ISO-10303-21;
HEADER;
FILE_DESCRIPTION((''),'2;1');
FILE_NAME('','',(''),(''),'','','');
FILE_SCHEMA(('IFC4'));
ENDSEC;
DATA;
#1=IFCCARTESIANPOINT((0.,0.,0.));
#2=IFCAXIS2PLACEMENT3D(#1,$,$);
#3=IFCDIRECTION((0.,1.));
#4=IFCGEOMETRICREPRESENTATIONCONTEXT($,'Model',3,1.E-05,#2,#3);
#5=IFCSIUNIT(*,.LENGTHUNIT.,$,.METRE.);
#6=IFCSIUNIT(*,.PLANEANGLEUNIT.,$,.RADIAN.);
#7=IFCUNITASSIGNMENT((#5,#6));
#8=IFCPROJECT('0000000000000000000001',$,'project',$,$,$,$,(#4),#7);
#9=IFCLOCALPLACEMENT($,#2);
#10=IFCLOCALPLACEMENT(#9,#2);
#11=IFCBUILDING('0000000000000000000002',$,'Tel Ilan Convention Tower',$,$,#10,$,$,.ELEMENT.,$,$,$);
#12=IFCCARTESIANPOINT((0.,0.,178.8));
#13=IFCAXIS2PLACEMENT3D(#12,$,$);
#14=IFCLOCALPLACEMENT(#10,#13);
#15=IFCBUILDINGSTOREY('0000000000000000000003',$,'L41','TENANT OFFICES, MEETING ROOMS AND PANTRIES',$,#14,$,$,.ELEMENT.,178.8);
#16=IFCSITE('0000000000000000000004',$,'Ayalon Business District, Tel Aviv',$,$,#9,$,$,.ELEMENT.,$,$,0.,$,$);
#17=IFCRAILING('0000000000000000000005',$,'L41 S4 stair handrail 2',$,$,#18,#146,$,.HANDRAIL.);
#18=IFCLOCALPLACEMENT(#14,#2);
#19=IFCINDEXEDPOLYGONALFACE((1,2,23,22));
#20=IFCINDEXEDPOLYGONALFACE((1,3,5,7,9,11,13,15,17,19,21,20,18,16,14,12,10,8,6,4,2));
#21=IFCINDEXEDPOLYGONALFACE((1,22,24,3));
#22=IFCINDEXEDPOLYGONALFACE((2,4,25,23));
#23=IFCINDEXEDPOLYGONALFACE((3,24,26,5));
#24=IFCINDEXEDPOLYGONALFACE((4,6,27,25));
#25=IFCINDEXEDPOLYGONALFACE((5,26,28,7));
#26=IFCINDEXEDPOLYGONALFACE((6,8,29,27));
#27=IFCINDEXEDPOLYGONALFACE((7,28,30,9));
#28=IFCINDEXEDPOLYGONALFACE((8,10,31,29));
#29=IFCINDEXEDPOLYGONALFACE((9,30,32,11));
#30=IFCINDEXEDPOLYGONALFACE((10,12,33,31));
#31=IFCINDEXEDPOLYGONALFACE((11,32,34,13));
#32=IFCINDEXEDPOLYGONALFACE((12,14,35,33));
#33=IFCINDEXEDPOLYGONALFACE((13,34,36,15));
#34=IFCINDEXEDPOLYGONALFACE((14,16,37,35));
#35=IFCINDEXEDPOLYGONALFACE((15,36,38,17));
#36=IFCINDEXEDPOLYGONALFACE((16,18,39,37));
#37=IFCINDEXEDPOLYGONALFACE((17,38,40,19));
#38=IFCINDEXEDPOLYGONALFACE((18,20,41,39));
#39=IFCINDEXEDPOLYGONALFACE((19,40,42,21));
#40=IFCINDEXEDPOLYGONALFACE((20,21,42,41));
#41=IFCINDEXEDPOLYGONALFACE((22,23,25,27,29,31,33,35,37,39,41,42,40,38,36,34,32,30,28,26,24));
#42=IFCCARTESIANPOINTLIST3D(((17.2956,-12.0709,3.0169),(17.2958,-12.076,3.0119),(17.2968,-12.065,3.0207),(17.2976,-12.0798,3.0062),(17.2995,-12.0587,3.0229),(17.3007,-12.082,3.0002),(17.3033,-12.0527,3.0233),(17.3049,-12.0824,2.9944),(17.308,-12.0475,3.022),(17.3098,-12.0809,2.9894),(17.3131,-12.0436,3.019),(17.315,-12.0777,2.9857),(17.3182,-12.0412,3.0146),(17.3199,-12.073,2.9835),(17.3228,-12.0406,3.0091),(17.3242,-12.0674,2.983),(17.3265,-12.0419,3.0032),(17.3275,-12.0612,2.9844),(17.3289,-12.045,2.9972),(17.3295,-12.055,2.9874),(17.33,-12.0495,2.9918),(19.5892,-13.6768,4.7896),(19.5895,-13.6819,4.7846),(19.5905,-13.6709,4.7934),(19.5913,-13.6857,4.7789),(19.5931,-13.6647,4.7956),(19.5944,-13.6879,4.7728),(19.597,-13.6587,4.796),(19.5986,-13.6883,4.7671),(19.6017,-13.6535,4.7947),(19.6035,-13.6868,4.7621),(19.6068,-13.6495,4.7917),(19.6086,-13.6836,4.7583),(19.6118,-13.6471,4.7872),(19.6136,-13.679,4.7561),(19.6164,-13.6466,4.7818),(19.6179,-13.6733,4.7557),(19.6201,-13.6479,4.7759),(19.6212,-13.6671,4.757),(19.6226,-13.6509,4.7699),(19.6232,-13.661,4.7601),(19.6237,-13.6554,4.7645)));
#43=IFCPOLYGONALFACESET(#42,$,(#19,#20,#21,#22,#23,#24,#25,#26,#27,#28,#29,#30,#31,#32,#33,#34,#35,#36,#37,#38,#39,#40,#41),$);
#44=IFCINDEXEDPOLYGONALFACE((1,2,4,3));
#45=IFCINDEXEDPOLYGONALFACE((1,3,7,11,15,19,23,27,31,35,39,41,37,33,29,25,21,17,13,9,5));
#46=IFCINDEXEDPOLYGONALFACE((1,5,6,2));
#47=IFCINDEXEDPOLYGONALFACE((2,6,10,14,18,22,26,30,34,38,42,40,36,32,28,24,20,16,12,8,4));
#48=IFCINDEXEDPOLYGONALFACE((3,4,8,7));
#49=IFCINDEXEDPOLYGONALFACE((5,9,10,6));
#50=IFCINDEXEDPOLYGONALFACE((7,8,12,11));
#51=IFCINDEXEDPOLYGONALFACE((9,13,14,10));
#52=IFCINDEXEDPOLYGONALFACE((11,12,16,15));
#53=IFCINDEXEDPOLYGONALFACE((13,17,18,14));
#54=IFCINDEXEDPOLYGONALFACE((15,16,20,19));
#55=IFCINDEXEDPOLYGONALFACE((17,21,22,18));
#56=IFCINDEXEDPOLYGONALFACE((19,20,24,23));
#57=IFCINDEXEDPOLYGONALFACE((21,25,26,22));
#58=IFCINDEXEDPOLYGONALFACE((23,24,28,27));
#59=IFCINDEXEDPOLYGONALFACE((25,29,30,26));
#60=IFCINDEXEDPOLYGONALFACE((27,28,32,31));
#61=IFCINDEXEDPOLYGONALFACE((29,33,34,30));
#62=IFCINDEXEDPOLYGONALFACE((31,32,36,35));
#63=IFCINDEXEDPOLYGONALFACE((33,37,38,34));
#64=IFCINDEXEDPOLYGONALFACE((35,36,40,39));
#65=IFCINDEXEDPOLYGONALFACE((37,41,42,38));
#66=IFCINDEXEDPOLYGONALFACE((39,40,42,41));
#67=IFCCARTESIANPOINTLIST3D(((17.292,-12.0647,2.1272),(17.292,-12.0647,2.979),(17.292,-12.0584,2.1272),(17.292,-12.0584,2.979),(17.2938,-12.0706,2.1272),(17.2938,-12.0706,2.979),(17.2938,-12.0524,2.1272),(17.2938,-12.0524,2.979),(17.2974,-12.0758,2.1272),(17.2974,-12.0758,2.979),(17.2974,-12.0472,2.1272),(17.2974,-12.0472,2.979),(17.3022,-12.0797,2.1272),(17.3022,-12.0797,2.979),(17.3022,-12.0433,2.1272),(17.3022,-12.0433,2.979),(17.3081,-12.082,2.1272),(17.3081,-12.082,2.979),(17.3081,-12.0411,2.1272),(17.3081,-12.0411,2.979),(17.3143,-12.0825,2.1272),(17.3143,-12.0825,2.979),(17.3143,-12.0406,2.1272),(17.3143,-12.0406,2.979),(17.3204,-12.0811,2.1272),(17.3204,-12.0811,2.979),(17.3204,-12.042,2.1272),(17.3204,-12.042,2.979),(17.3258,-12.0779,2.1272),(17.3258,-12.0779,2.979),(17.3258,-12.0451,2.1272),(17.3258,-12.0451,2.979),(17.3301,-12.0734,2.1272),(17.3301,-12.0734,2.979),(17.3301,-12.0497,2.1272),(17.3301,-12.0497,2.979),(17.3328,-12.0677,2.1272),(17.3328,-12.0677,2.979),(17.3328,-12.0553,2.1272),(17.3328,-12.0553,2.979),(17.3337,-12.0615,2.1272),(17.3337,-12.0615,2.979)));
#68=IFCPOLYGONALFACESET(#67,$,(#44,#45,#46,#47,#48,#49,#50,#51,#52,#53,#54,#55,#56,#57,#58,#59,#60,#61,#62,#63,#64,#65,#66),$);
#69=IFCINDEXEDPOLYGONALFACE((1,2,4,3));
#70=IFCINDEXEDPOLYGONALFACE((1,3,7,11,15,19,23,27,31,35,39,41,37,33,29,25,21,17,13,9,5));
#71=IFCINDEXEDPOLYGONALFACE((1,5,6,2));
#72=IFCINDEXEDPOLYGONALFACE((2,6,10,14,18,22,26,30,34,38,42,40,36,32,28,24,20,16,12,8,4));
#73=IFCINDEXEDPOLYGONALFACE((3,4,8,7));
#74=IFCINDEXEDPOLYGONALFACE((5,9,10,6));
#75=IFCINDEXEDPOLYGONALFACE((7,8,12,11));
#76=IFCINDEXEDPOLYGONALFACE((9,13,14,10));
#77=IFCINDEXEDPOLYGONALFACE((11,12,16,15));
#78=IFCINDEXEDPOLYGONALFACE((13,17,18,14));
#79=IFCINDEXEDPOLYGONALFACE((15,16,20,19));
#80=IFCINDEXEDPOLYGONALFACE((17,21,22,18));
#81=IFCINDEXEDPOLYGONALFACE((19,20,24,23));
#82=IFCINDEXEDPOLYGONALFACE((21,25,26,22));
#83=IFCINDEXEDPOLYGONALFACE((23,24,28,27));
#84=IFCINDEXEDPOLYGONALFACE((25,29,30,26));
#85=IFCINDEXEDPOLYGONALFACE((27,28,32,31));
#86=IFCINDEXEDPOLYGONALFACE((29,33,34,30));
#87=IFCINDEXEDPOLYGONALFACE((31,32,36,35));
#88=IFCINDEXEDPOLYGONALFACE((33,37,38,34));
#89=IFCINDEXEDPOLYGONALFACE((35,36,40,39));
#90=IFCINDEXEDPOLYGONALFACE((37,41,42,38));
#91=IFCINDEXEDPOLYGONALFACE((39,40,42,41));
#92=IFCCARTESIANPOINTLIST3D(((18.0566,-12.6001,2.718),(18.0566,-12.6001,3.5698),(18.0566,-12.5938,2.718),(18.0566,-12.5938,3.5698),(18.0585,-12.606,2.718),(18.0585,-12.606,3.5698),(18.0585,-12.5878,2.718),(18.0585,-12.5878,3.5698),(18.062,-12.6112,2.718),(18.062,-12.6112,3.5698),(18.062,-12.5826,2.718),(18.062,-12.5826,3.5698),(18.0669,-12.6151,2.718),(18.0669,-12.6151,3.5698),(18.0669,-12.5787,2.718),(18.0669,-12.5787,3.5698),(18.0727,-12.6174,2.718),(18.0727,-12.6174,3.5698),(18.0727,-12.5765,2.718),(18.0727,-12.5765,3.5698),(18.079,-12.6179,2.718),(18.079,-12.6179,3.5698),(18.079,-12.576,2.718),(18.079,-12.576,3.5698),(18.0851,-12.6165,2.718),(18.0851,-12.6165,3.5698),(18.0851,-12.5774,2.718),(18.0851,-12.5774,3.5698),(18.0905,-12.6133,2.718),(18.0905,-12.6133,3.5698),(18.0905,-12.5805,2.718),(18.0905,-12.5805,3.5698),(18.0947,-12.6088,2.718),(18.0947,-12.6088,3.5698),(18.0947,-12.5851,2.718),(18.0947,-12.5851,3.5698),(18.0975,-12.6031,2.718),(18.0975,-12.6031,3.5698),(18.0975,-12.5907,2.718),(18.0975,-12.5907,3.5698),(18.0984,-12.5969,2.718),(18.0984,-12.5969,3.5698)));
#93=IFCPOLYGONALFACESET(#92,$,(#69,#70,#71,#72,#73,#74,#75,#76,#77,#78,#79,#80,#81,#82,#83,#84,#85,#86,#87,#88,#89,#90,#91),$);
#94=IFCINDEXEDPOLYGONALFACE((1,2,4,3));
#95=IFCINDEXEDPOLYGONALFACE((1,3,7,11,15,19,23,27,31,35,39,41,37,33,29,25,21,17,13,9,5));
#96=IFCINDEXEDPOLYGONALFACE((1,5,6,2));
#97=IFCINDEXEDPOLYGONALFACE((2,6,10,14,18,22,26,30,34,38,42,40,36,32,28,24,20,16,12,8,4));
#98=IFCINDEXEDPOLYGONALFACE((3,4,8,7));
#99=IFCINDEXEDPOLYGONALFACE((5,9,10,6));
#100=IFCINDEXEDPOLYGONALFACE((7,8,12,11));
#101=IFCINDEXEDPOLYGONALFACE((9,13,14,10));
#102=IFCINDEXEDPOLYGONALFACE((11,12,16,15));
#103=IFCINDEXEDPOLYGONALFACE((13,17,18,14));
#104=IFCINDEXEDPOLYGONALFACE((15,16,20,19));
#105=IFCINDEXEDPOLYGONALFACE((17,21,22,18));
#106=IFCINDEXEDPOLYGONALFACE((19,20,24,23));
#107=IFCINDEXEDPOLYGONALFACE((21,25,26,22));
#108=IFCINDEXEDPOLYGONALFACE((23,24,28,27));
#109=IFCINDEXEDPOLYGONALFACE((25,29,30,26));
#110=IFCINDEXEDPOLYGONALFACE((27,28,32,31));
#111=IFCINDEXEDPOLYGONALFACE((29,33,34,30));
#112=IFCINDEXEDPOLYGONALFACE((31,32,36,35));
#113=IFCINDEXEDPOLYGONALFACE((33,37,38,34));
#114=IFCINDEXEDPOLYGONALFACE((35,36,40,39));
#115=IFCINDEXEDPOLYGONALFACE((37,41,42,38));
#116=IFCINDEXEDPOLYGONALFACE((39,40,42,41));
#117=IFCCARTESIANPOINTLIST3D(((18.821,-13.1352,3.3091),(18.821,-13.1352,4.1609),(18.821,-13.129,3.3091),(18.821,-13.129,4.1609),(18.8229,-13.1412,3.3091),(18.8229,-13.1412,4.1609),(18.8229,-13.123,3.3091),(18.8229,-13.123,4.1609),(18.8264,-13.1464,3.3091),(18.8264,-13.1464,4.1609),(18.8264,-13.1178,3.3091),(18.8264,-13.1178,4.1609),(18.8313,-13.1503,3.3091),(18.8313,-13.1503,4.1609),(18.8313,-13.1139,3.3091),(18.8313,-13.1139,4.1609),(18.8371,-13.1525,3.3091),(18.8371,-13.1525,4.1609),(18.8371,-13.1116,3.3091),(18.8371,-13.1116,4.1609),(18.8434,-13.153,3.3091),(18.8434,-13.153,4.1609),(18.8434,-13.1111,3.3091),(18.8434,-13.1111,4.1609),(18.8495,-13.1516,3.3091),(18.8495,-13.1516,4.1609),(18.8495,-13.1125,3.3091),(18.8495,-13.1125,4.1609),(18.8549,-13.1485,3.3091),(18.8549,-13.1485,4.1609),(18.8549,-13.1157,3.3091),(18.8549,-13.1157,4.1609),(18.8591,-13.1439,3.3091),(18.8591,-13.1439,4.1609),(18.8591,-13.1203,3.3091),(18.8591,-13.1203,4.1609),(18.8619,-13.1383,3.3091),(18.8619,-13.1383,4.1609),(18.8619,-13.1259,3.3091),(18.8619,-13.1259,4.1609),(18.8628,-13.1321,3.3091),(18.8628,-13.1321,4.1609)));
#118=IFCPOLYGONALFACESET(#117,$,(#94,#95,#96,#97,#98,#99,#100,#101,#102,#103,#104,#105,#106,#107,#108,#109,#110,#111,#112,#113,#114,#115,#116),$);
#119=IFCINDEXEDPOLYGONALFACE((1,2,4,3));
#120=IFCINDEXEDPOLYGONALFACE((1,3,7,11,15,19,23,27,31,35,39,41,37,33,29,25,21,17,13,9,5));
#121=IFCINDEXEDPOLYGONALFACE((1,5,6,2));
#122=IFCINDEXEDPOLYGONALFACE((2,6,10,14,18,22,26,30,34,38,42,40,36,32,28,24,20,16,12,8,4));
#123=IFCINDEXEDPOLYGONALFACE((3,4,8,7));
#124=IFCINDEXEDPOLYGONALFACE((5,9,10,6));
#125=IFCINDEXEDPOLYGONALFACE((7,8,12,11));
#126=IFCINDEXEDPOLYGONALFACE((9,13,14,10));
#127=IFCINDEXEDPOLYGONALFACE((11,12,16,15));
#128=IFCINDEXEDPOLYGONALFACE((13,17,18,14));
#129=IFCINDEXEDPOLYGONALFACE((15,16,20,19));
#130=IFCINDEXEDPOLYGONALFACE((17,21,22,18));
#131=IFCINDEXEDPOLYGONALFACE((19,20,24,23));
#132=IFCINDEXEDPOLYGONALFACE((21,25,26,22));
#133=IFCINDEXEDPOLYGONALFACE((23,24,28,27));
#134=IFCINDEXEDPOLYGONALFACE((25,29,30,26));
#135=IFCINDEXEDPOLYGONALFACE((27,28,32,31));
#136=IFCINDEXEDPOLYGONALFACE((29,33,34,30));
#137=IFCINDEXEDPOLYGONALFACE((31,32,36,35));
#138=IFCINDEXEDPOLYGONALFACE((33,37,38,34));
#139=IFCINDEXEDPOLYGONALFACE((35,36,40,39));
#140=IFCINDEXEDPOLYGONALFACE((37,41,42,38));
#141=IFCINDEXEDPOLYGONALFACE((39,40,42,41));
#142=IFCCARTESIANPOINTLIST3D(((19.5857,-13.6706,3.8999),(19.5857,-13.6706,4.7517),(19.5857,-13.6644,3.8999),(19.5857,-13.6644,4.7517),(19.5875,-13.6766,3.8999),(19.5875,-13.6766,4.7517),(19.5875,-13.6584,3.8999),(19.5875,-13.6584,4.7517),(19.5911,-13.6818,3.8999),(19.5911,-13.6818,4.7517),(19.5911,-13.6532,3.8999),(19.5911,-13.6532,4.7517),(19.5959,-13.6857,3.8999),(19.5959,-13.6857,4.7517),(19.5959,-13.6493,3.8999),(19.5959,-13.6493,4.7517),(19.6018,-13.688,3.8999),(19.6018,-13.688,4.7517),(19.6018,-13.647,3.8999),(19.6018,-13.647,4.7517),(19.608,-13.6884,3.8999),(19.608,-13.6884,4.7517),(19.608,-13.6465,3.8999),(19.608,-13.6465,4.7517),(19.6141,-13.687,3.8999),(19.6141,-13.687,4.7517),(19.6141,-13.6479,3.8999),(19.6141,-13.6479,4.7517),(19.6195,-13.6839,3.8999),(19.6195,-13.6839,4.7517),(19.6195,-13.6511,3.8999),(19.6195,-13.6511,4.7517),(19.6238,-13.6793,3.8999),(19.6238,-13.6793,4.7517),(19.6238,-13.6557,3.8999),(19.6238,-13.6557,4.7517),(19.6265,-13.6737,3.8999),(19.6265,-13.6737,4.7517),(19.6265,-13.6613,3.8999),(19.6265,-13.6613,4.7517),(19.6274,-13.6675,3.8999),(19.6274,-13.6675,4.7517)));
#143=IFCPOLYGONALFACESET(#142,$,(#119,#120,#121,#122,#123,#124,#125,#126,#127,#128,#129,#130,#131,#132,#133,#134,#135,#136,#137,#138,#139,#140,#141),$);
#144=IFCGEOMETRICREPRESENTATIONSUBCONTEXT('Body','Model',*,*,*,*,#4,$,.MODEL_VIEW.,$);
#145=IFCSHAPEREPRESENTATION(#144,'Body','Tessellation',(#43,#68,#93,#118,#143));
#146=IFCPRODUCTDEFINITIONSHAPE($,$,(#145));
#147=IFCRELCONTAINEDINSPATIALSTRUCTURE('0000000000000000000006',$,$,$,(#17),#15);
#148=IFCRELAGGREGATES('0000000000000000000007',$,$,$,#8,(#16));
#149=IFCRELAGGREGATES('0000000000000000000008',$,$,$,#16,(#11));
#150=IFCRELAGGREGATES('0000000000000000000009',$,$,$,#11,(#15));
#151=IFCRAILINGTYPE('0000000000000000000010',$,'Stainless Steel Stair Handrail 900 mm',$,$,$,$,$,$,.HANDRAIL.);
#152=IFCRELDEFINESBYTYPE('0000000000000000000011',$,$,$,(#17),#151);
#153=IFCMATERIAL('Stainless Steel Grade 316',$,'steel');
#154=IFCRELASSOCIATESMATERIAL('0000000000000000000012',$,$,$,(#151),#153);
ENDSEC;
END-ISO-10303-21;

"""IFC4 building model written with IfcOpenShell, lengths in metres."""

from ifc_helpers import new_model, si_unit, direction, frame, origin, origin_2d, place, context, subcontext, project, spatial, circle, extrude, material, type_object, element, save


model = new_model("IFC4")

# Units and contexts
model_context = context("Model", 3, precision=1e-05, world=origin(), true_north=direction((0.0, 1.0)))
body_context = subcontext(model_context, "Body", "Model", "MODEL_VIEW")
ifc_project = project(units=[si_unit("LENGTHUNIT", "METRE"), si_unit("PLANEANGLEUNIT", "RADIAN")], contexts=[model_context])

# Site, building, storey
site_placement = place(None, origin())
site = spatial("IfcSite", under=ifc_project, at=site_placement, Name="Ayalon Business District, Tel Aviv", CompositionType="ELEMENT", RefElevation=0.0)
building_placement = place(site_placement, origin())
building = spatial("IfcBuilding", under=site, at=building_placement, Name="Tel Ilan Convention Tower", CompositionType="ELEMENT")
storey_placement = place(building_placement, frame((0.0, 0.0, 178.8)))
storey = spatial("IfcBuildingStorey", under=building, at=storey_placement, Name="L41", Description="TENANT OFFICES, MEETING ROOMS AND PANTRIES", CompositionType="ELEMENT", Elevation=178.8)

# Railing
ifc_material_1 = material(Name="Stainless Steel Grade 316", Category="steel")
railing_type_1 = type_object("IfcRailingType", Name="Stainless Steel Stair Handrail 900 mm", PredefinedType="HANDRAIL", material=ifc_material_1)
railing_1_placement = place(storey_placement, frame((17.3127, -12.0615, 2.1272)))
element("IfcRailing", 1, at=railing_1_placement, inside=storey, type_object=railing_type_1, Name="L41 S4 stair handrail 2", PredefinedType="HANDRAIL", context=body_context, shape_type="SweptSolid", body=[
    extrude(circle(Radius=0.0239, at=origin_2d()), frame((0.0, 0.0, 0.876), z_axis=(0.692123, -0.484597, 0.534913), x_axis=(0.57355, 0.81917, 0.0)), (0.0, 0.0, 1.0), 3.314),
    extrude(circle(Radius=0.021, at=origin_2d()), origin(), (0.0, 0.0, 1.0), 0.8518),
    extrude(circle(Radius=0.021, at=origin_2d()), frame((0.7646, -0.5354, 0.5908)), (0.0, 0.0, 1.0), 0.8518),
    extrude(circle(Radius=0.021, at=origin_2d()), frame((1.5291, -1.0706, 1.1819)), (0.0, 0.0, 1.0), 0.8518),
    extrude(circle(Radius=0.021, at=origin_2d()), frame((2.2937, -1.606, 1.7727)), (0.0, 0.0, 1.0), 0.8518),
])

save(model, "model.ifc")
